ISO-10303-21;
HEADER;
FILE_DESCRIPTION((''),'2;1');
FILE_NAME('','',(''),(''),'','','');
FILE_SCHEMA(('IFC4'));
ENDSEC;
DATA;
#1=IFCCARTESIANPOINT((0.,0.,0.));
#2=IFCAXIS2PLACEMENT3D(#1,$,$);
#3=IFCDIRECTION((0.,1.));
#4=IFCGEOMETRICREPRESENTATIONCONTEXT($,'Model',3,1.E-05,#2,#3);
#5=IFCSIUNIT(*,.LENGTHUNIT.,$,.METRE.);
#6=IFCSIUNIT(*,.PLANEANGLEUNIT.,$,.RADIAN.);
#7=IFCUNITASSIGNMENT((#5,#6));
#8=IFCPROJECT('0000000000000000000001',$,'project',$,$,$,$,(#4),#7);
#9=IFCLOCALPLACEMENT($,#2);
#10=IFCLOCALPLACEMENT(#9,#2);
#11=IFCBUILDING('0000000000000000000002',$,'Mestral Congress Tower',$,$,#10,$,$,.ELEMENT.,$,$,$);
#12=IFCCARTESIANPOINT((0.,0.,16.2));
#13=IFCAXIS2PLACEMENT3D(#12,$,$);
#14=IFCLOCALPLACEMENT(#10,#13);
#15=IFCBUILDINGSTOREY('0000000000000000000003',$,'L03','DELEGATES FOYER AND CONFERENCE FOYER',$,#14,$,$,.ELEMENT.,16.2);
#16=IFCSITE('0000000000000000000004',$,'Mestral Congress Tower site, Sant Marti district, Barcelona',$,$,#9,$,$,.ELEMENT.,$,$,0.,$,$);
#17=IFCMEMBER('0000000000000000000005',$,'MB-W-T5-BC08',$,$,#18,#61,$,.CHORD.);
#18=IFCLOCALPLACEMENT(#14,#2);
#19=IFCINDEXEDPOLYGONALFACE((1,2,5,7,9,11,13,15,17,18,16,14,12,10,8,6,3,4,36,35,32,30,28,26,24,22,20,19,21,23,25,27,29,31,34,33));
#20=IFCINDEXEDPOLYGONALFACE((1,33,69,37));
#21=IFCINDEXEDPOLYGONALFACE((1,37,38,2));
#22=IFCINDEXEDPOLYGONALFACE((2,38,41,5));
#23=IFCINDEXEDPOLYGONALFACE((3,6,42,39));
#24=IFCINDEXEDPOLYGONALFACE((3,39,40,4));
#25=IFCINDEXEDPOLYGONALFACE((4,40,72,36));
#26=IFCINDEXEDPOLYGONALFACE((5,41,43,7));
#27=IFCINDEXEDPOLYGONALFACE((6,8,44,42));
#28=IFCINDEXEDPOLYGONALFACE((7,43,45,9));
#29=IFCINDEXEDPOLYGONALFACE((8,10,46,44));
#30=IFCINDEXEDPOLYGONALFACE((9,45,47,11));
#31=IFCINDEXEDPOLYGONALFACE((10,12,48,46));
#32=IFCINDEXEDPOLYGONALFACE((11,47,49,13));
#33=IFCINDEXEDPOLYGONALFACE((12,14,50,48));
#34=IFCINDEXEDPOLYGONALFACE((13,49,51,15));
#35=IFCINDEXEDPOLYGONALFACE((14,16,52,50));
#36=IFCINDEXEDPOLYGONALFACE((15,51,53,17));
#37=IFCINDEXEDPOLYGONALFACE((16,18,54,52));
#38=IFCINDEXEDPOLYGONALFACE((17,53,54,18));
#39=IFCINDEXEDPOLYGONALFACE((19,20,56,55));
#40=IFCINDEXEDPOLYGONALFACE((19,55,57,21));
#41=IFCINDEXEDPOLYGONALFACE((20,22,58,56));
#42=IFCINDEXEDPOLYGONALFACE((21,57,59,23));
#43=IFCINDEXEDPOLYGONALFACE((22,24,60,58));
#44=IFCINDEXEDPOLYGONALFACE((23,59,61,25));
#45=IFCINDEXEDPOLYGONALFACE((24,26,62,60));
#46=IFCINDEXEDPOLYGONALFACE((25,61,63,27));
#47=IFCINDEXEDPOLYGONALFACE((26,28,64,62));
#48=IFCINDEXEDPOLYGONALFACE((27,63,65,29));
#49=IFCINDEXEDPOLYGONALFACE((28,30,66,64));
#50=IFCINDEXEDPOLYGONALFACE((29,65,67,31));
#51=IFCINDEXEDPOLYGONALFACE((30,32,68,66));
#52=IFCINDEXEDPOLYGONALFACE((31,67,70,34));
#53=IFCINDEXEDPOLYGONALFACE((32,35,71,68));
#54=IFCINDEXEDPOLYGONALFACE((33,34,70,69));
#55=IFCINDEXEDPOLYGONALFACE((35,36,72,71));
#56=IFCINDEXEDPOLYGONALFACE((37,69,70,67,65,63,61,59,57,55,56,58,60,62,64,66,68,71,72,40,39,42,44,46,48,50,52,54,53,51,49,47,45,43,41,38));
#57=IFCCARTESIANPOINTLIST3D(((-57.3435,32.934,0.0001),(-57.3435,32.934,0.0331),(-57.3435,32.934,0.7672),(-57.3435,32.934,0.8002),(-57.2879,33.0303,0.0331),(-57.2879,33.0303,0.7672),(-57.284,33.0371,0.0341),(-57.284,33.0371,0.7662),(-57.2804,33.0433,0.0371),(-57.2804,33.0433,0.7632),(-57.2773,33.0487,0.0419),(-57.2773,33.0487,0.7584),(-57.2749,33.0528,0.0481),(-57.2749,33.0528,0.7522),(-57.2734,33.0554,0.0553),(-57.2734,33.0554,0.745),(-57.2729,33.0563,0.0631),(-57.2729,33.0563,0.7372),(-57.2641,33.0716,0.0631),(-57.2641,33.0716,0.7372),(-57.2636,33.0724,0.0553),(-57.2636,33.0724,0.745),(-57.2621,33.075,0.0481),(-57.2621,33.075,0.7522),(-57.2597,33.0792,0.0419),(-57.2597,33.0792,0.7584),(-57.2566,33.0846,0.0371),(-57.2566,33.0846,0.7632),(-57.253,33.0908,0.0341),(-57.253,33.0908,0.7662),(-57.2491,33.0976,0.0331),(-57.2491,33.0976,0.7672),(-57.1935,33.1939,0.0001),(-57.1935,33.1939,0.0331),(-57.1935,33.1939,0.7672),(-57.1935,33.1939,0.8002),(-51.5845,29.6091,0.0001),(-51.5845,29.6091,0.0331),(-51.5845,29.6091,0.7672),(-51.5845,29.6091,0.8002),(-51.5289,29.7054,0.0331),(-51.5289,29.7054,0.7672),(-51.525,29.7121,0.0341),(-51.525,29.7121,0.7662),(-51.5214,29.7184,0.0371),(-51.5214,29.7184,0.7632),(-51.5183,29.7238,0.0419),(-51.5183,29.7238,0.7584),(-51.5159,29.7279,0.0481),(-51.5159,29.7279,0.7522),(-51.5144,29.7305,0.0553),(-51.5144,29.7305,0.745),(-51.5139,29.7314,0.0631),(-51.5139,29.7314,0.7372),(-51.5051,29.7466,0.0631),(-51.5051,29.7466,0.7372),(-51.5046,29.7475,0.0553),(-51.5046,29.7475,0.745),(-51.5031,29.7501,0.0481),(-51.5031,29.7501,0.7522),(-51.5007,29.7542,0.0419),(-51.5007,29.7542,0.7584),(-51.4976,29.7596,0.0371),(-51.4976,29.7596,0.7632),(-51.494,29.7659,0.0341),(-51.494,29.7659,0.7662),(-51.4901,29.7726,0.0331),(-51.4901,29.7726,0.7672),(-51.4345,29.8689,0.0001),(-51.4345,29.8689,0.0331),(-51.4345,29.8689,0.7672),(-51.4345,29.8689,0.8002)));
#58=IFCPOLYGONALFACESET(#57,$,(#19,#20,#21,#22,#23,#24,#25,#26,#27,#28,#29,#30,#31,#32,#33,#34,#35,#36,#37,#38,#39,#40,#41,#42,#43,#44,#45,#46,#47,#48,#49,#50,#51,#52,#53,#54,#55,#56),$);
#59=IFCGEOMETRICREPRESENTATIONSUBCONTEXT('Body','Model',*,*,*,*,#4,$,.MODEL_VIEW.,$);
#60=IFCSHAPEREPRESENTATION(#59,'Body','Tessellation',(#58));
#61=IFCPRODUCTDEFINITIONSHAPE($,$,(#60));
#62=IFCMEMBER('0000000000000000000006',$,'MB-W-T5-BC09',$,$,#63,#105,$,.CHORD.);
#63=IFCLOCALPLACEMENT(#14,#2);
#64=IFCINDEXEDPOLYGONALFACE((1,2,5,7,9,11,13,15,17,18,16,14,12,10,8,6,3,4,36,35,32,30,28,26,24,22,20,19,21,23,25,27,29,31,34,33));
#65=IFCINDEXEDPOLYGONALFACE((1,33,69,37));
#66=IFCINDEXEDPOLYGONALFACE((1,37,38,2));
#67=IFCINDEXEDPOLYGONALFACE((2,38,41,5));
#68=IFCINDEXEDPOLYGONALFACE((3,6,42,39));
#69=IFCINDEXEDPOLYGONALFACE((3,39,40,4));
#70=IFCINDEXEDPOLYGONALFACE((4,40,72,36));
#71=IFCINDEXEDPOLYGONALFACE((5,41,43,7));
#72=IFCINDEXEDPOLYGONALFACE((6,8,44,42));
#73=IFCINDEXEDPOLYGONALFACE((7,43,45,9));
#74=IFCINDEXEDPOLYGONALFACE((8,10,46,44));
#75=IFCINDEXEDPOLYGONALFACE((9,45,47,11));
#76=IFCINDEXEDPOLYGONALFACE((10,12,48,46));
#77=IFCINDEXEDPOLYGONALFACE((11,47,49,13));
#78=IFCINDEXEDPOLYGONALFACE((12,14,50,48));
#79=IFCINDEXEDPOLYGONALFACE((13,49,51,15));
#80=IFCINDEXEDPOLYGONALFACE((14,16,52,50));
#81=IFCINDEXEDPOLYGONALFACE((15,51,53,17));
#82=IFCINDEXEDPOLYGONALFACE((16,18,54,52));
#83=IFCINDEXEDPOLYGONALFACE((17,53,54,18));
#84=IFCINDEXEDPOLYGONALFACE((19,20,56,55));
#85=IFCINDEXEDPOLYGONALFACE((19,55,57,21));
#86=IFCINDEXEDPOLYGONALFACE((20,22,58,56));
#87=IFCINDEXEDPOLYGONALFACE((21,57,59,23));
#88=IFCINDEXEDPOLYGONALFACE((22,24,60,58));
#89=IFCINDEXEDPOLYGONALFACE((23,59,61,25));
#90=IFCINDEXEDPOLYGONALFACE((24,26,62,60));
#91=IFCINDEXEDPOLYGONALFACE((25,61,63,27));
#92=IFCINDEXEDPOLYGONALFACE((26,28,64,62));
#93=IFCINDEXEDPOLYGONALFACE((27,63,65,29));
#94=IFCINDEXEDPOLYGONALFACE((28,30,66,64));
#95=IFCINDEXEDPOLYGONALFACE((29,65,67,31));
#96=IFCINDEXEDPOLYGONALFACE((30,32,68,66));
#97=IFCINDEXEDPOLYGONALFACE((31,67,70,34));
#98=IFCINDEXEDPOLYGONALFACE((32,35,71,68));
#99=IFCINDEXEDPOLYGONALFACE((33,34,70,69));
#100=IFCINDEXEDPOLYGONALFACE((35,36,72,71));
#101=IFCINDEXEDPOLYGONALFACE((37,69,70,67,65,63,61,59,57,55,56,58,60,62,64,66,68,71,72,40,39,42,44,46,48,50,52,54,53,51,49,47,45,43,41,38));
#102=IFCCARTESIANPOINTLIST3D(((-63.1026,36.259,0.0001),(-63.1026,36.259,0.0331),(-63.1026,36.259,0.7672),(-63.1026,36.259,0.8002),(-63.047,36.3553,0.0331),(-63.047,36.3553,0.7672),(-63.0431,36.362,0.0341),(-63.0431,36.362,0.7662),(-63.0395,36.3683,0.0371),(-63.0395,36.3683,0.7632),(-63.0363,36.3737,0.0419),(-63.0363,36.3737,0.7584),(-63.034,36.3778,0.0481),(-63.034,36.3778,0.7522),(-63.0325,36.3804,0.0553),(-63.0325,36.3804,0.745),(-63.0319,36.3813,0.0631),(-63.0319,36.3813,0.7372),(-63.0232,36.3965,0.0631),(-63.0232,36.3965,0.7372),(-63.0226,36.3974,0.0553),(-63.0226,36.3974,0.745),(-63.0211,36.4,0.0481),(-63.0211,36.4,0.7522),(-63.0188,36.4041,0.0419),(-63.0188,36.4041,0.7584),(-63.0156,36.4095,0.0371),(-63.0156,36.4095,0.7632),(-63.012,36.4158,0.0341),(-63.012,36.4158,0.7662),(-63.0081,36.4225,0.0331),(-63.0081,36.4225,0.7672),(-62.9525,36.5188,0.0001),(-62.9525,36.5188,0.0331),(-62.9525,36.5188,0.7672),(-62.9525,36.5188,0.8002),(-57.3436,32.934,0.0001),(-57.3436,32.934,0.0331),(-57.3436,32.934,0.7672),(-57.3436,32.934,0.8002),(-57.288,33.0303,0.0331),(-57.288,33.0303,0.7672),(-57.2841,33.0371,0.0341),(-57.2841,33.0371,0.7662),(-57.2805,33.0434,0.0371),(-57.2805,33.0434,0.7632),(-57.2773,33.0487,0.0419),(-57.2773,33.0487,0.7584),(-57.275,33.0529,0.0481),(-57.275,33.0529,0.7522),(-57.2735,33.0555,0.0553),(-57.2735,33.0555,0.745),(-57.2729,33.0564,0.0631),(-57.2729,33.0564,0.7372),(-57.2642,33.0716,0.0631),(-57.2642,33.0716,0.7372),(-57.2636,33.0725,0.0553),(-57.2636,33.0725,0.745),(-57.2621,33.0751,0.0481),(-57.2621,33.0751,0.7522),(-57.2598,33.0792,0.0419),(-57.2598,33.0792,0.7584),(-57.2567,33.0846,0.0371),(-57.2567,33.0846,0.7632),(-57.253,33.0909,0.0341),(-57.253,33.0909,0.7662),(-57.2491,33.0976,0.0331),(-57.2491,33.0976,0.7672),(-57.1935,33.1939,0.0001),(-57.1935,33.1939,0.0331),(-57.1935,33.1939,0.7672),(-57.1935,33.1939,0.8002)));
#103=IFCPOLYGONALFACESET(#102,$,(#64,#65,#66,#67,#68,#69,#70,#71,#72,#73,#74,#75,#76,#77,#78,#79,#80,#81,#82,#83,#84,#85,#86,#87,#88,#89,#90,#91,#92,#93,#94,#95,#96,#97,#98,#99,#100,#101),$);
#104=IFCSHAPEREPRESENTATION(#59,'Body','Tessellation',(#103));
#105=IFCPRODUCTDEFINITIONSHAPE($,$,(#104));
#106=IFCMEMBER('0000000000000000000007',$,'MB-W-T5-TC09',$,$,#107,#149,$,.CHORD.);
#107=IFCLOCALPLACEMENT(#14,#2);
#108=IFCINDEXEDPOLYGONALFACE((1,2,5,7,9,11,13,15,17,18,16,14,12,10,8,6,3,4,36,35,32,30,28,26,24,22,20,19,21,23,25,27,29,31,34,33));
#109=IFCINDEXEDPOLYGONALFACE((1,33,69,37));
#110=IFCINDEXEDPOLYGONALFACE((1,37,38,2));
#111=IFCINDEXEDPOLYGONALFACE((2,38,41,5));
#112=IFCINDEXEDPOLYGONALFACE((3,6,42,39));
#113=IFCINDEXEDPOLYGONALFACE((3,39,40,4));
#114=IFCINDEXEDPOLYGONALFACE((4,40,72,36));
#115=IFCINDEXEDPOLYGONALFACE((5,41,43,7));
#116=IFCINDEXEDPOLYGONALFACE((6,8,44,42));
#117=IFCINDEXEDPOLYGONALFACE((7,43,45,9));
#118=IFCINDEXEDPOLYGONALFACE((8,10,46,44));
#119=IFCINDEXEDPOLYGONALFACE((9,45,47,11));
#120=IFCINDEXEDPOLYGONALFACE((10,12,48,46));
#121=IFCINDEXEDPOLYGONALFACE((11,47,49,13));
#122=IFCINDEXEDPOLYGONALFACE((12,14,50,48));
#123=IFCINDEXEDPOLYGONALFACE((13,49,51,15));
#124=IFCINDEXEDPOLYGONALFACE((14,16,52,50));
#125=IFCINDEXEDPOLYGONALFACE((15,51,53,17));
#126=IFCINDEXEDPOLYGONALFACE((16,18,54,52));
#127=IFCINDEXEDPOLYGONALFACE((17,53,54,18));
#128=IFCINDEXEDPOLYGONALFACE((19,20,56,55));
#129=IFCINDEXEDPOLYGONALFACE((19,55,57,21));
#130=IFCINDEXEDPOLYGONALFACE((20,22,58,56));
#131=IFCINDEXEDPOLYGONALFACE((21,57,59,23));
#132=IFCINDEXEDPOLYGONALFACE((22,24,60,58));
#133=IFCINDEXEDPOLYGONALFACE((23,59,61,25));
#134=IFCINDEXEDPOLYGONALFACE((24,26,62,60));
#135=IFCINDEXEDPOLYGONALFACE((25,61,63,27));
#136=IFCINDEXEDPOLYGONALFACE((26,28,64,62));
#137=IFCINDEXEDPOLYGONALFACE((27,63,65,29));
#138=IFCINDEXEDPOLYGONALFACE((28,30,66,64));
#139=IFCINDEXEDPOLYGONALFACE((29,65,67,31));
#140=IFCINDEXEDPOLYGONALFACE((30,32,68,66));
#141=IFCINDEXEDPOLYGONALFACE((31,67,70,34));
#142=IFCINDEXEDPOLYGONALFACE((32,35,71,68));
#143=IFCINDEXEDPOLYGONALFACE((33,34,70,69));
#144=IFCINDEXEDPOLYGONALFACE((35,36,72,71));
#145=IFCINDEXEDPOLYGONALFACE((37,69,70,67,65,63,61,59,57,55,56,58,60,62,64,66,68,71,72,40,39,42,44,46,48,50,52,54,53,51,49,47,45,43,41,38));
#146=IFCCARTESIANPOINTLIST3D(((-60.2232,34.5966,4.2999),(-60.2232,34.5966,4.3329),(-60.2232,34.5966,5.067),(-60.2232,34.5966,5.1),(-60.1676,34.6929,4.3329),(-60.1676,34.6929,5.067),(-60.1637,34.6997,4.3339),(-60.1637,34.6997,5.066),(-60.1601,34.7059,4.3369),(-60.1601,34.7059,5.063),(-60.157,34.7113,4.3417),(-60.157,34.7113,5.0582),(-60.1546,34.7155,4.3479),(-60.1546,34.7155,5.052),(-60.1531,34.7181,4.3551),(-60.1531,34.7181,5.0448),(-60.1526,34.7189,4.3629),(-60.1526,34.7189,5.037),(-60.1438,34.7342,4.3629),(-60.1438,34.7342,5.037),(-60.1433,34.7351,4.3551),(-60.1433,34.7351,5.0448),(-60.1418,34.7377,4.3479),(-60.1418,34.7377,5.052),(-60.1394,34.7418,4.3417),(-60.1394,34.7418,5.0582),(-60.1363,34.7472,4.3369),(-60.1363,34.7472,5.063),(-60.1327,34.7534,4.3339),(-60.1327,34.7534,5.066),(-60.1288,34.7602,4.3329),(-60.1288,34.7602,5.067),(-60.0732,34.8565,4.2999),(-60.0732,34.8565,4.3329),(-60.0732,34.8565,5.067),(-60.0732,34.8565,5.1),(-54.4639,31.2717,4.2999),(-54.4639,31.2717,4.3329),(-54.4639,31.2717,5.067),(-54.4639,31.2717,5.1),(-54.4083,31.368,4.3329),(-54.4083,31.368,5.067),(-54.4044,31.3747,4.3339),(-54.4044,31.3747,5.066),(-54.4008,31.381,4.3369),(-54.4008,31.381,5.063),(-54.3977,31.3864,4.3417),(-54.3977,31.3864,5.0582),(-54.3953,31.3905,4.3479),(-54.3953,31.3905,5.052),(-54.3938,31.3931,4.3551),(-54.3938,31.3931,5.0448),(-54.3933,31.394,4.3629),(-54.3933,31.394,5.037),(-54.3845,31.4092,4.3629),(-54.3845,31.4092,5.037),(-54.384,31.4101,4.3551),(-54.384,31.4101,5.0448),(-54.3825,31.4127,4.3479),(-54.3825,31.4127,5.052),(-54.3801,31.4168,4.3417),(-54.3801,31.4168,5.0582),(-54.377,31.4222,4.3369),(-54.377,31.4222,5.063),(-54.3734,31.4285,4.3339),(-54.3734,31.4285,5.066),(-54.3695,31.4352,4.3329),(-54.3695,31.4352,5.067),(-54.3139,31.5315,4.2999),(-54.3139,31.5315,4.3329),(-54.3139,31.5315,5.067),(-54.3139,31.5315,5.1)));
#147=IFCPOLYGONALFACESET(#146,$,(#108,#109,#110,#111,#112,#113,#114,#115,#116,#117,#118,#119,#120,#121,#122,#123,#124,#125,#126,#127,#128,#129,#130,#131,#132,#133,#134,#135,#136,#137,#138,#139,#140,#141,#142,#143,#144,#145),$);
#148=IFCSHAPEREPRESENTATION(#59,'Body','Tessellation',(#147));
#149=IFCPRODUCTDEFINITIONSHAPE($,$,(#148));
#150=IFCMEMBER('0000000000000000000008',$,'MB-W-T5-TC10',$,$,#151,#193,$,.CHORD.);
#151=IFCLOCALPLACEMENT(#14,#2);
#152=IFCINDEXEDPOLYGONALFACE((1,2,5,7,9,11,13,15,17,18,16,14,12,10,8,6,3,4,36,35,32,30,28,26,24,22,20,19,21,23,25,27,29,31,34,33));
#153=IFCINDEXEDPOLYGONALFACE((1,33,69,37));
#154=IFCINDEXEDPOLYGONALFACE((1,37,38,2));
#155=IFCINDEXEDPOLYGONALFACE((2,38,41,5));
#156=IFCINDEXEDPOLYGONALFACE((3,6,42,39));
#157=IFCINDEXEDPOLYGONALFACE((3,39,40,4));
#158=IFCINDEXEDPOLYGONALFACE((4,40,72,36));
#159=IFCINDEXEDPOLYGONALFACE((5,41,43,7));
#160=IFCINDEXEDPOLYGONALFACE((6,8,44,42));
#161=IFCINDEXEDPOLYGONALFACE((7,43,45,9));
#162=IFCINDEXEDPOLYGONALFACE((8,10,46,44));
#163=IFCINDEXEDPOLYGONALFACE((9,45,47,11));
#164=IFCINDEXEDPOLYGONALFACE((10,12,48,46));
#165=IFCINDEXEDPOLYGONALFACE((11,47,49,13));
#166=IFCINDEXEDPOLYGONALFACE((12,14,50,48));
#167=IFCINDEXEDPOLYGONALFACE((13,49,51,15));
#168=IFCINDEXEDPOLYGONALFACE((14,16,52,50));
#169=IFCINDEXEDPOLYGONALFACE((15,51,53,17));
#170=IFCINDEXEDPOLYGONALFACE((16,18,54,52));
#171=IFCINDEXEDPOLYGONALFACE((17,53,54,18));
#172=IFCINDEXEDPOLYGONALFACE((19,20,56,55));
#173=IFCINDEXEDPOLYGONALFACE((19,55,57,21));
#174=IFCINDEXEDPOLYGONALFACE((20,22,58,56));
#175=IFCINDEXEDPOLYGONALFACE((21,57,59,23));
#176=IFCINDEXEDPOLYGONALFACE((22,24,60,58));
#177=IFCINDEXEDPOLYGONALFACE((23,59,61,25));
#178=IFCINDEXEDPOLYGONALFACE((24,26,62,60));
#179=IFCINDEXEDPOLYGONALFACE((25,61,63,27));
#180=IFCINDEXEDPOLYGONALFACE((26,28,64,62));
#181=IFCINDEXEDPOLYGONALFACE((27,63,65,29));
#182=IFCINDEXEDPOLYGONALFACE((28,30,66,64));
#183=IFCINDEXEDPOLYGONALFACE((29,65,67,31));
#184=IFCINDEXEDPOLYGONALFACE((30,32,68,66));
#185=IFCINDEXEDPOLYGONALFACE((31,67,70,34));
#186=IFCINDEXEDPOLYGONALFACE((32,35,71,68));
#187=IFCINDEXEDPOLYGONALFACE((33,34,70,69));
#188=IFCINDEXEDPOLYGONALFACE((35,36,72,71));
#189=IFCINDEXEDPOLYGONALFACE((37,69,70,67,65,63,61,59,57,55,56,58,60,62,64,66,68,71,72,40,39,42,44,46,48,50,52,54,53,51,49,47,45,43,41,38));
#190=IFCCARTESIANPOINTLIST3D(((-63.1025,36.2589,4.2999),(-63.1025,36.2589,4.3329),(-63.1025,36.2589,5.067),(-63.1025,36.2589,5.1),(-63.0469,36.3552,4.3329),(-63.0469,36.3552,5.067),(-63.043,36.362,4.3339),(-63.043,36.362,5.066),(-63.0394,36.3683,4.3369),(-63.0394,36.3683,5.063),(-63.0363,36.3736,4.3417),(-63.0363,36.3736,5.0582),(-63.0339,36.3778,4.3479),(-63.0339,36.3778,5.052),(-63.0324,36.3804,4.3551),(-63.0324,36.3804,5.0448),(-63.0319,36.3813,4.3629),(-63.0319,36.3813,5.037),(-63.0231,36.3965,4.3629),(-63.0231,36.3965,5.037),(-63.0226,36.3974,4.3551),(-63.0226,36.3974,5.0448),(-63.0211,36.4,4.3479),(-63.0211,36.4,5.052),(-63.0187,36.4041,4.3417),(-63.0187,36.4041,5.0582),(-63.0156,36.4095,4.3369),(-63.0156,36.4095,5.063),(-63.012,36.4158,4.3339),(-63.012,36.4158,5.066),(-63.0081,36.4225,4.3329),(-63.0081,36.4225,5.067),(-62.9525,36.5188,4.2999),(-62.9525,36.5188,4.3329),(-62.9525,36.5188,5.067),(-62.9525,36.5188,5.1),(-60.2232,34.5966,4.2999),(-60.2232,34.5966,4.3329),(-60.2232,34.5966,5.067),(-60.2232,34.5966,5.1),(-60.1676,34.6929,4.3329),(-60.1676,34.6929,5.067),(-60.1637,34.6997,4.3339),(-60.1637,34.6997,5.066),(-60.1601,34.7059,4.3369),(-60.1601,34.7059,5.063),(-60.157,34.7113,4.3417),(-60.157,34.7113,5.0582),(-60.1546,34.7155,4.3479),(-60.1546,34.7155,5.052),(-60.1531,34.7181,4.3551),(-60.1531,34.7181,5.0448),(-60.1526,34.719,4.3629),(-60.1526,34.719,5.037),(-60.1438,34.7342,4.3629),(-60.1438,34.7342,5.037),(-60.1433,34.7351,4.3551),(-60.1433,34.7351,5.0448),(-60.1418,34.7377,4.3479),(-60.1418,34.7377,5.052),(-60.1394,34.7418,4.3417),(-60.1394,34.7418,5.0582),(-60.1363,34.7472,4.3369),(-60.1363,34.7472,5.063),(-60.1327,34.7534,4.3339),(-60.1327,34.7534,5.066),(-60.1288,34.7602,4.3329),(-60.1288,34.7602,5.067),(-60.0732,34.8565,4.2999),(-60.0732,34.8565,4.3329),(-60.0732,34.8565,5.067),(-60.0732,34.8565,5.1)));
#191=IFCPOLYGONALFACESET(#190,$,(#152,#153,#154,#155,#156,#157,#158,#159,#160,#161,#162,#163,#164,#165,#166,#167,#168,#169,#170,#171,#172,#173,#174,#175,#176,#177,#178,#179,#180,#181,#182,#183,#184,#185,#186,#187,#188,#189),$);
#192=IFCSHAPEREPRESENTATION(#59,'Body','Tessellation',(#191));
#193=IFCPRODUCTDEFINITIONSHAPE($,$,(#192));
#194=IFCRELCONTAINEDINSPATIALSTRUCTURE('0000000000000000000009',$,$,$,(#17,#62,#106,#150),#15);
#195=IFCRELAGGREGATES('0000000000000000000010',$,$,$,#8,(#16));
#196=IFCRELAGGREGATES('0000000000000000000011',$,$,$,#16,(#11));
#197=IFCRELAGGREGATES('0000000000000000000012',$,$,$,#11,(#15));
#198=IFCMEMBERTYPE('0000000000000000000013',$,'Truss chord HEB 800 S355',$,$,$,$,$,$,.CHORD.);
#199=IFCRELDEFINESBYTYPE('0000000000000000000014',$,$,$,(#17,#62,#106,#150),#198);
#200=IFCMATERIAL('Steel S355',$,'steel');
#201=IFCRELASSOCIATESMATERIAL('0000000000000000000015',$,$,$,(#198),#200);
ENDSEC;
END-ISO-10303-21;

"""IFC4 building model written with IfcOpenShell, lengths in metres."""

from ifc_helpers import new_model, si_unit, direction, frame, origin, origin_2d, place, context, subcontext, project, spatial, i_section, extrude, material, material_profile, profile_set, type_object, element, save


model = new_model("IFC4")

# Units and contexts
model_context = context("Model", 3, precision=1e-05, world=origin(), true_north=direction((0.0, 1.0)))
body_context = subcontext(model_context, "Body", "Model", "MODEL_VIEW")
ifc_project = project(units=[si_unit("LENGTHUNIT", "METRE"), si_unit("PLANEANGLEUNIT", "RADIAN")], contexts=[model_context])

# Site, building, storey
site_placement = place(None, origin())
site = spatial("IfcSite", under=ifc_project, at=site_placement, Name="Mestral Congress Tower site, Sant Marti district, Barcelona", CompositionType="ELEMENT", RefElevation=0.0)
building_placement = place(site_placement, origin())
building = spatial("IfcBuilding", under=site, at=building_placement, Name="Mestral Congress Tower", CompositionType="ELEMENT")
storey_placement = place(building_placement, frame((0.0, 0.0, 16.2)))
storey = spatial("IfcBuildingStorey", under=building, at=storey_placement, Name="L03", Description="DELEGATES FOYER AND CONFERENCE FOYER", CompositionType="ELEMENT", Elevation=16.2)

# Members
ifc_material_1 = material(Name="Steel S355", Category="steel")
ifc_material_profile_1 = material_profile(ifc_material_1, i_section(OverallWidth=0.3, OverallDepth=0.8, WebThickness=0.0176, FlangeThickness=0.033, FilletRadius=0.03, at=origin_2d()), Name="HEB 800")
ifc_profile_set_1 = profile_set([ifc_material_profile_1], Name="Steel S355")
member_type_1 = type_object("IfcMemberType", Name="Truss chord HEB 800 S355", PredefinedType="CHORD", material=ifc_profile_set_1)
for number, where, z_axis, x_axis, name in (
    (1, (-51.5095, 29.739, 0.4001), (-0.866027, 0.499997, 0.0), (-0.499997, -0.866027, 0.0), "MB-W-T5-BC08"),
    (2, (-57.2686, 33.064, 0.4001), (-0.866027, 0.499997, 0.0), (-0.499997, -0.866027, 0.0), "MB-W-T5-BC09"),
):
    element("IfcMember", number, at=place(storey_placement, frame(where, z_axis=z_axis, x_axis=x_axis)), inside=storey, type_object=member_type_1, Name=name, PredefinedType="CHORD", context=body_context, shape_type="SweptSolid", body=[
        extrude(i_section(OverallWidth=0.3, OverallDepth=0.8, WebThickness=0.0176, FlangeThickness=0.033, FilletRadius=0.03, at=origin_2d()), origin(), (0.0, 0.0, 1.0), 6.6499),
    ])
member_1_placement = place(storey_placement, frame((-54.3889, 31.4016, 4.7), z_axis=(-0.866036, 0.499981, 0.0), x_axis=(-0.499981, -0.866036, 0.0)))
element("IfcMember", 3, at=member_1_placement, inside=storey, type_object=member_type_1, Name="MB-W-T5-TC09", PredefinedType="CHORD", context=body_context, shape_type="SweptSolid", body=[
    extrude(i_section(OverallWidth=0.3, OverallDepth=0.8, WebThickness=0.0176, FlangeThickness=0.033, FilletRadius=0.03, at=origin_2d()), origin(), (0.0, 0.0, 1.0), 6.6501),
])
member_2_placement = place(storey_placement, frame((-60.1482, 34.7266, 4.7), z_axis=(-0.866034, 0.499985, 0.0), x_axis=(-0.499985, -0.866034, 0.0)))
element("IfcMember", 4, at=member_2_placement, inside=storey, type_object=member_type_1, Name="MB-W-T5-TC10", PredefinedType="CHORD", context=body_context, shape_type="SweptSolid", body=[
    extrude(i_section(OverallWidth=0.3, OverallDepth=0.8, WebThickness=0.0176, FlangeThickness=0.033, FilletRadius=0.03, at=origin_2d()), origin(), (0.0, 0.0, 1.0), 3.3247),
])

save(model, "model.ifc")
